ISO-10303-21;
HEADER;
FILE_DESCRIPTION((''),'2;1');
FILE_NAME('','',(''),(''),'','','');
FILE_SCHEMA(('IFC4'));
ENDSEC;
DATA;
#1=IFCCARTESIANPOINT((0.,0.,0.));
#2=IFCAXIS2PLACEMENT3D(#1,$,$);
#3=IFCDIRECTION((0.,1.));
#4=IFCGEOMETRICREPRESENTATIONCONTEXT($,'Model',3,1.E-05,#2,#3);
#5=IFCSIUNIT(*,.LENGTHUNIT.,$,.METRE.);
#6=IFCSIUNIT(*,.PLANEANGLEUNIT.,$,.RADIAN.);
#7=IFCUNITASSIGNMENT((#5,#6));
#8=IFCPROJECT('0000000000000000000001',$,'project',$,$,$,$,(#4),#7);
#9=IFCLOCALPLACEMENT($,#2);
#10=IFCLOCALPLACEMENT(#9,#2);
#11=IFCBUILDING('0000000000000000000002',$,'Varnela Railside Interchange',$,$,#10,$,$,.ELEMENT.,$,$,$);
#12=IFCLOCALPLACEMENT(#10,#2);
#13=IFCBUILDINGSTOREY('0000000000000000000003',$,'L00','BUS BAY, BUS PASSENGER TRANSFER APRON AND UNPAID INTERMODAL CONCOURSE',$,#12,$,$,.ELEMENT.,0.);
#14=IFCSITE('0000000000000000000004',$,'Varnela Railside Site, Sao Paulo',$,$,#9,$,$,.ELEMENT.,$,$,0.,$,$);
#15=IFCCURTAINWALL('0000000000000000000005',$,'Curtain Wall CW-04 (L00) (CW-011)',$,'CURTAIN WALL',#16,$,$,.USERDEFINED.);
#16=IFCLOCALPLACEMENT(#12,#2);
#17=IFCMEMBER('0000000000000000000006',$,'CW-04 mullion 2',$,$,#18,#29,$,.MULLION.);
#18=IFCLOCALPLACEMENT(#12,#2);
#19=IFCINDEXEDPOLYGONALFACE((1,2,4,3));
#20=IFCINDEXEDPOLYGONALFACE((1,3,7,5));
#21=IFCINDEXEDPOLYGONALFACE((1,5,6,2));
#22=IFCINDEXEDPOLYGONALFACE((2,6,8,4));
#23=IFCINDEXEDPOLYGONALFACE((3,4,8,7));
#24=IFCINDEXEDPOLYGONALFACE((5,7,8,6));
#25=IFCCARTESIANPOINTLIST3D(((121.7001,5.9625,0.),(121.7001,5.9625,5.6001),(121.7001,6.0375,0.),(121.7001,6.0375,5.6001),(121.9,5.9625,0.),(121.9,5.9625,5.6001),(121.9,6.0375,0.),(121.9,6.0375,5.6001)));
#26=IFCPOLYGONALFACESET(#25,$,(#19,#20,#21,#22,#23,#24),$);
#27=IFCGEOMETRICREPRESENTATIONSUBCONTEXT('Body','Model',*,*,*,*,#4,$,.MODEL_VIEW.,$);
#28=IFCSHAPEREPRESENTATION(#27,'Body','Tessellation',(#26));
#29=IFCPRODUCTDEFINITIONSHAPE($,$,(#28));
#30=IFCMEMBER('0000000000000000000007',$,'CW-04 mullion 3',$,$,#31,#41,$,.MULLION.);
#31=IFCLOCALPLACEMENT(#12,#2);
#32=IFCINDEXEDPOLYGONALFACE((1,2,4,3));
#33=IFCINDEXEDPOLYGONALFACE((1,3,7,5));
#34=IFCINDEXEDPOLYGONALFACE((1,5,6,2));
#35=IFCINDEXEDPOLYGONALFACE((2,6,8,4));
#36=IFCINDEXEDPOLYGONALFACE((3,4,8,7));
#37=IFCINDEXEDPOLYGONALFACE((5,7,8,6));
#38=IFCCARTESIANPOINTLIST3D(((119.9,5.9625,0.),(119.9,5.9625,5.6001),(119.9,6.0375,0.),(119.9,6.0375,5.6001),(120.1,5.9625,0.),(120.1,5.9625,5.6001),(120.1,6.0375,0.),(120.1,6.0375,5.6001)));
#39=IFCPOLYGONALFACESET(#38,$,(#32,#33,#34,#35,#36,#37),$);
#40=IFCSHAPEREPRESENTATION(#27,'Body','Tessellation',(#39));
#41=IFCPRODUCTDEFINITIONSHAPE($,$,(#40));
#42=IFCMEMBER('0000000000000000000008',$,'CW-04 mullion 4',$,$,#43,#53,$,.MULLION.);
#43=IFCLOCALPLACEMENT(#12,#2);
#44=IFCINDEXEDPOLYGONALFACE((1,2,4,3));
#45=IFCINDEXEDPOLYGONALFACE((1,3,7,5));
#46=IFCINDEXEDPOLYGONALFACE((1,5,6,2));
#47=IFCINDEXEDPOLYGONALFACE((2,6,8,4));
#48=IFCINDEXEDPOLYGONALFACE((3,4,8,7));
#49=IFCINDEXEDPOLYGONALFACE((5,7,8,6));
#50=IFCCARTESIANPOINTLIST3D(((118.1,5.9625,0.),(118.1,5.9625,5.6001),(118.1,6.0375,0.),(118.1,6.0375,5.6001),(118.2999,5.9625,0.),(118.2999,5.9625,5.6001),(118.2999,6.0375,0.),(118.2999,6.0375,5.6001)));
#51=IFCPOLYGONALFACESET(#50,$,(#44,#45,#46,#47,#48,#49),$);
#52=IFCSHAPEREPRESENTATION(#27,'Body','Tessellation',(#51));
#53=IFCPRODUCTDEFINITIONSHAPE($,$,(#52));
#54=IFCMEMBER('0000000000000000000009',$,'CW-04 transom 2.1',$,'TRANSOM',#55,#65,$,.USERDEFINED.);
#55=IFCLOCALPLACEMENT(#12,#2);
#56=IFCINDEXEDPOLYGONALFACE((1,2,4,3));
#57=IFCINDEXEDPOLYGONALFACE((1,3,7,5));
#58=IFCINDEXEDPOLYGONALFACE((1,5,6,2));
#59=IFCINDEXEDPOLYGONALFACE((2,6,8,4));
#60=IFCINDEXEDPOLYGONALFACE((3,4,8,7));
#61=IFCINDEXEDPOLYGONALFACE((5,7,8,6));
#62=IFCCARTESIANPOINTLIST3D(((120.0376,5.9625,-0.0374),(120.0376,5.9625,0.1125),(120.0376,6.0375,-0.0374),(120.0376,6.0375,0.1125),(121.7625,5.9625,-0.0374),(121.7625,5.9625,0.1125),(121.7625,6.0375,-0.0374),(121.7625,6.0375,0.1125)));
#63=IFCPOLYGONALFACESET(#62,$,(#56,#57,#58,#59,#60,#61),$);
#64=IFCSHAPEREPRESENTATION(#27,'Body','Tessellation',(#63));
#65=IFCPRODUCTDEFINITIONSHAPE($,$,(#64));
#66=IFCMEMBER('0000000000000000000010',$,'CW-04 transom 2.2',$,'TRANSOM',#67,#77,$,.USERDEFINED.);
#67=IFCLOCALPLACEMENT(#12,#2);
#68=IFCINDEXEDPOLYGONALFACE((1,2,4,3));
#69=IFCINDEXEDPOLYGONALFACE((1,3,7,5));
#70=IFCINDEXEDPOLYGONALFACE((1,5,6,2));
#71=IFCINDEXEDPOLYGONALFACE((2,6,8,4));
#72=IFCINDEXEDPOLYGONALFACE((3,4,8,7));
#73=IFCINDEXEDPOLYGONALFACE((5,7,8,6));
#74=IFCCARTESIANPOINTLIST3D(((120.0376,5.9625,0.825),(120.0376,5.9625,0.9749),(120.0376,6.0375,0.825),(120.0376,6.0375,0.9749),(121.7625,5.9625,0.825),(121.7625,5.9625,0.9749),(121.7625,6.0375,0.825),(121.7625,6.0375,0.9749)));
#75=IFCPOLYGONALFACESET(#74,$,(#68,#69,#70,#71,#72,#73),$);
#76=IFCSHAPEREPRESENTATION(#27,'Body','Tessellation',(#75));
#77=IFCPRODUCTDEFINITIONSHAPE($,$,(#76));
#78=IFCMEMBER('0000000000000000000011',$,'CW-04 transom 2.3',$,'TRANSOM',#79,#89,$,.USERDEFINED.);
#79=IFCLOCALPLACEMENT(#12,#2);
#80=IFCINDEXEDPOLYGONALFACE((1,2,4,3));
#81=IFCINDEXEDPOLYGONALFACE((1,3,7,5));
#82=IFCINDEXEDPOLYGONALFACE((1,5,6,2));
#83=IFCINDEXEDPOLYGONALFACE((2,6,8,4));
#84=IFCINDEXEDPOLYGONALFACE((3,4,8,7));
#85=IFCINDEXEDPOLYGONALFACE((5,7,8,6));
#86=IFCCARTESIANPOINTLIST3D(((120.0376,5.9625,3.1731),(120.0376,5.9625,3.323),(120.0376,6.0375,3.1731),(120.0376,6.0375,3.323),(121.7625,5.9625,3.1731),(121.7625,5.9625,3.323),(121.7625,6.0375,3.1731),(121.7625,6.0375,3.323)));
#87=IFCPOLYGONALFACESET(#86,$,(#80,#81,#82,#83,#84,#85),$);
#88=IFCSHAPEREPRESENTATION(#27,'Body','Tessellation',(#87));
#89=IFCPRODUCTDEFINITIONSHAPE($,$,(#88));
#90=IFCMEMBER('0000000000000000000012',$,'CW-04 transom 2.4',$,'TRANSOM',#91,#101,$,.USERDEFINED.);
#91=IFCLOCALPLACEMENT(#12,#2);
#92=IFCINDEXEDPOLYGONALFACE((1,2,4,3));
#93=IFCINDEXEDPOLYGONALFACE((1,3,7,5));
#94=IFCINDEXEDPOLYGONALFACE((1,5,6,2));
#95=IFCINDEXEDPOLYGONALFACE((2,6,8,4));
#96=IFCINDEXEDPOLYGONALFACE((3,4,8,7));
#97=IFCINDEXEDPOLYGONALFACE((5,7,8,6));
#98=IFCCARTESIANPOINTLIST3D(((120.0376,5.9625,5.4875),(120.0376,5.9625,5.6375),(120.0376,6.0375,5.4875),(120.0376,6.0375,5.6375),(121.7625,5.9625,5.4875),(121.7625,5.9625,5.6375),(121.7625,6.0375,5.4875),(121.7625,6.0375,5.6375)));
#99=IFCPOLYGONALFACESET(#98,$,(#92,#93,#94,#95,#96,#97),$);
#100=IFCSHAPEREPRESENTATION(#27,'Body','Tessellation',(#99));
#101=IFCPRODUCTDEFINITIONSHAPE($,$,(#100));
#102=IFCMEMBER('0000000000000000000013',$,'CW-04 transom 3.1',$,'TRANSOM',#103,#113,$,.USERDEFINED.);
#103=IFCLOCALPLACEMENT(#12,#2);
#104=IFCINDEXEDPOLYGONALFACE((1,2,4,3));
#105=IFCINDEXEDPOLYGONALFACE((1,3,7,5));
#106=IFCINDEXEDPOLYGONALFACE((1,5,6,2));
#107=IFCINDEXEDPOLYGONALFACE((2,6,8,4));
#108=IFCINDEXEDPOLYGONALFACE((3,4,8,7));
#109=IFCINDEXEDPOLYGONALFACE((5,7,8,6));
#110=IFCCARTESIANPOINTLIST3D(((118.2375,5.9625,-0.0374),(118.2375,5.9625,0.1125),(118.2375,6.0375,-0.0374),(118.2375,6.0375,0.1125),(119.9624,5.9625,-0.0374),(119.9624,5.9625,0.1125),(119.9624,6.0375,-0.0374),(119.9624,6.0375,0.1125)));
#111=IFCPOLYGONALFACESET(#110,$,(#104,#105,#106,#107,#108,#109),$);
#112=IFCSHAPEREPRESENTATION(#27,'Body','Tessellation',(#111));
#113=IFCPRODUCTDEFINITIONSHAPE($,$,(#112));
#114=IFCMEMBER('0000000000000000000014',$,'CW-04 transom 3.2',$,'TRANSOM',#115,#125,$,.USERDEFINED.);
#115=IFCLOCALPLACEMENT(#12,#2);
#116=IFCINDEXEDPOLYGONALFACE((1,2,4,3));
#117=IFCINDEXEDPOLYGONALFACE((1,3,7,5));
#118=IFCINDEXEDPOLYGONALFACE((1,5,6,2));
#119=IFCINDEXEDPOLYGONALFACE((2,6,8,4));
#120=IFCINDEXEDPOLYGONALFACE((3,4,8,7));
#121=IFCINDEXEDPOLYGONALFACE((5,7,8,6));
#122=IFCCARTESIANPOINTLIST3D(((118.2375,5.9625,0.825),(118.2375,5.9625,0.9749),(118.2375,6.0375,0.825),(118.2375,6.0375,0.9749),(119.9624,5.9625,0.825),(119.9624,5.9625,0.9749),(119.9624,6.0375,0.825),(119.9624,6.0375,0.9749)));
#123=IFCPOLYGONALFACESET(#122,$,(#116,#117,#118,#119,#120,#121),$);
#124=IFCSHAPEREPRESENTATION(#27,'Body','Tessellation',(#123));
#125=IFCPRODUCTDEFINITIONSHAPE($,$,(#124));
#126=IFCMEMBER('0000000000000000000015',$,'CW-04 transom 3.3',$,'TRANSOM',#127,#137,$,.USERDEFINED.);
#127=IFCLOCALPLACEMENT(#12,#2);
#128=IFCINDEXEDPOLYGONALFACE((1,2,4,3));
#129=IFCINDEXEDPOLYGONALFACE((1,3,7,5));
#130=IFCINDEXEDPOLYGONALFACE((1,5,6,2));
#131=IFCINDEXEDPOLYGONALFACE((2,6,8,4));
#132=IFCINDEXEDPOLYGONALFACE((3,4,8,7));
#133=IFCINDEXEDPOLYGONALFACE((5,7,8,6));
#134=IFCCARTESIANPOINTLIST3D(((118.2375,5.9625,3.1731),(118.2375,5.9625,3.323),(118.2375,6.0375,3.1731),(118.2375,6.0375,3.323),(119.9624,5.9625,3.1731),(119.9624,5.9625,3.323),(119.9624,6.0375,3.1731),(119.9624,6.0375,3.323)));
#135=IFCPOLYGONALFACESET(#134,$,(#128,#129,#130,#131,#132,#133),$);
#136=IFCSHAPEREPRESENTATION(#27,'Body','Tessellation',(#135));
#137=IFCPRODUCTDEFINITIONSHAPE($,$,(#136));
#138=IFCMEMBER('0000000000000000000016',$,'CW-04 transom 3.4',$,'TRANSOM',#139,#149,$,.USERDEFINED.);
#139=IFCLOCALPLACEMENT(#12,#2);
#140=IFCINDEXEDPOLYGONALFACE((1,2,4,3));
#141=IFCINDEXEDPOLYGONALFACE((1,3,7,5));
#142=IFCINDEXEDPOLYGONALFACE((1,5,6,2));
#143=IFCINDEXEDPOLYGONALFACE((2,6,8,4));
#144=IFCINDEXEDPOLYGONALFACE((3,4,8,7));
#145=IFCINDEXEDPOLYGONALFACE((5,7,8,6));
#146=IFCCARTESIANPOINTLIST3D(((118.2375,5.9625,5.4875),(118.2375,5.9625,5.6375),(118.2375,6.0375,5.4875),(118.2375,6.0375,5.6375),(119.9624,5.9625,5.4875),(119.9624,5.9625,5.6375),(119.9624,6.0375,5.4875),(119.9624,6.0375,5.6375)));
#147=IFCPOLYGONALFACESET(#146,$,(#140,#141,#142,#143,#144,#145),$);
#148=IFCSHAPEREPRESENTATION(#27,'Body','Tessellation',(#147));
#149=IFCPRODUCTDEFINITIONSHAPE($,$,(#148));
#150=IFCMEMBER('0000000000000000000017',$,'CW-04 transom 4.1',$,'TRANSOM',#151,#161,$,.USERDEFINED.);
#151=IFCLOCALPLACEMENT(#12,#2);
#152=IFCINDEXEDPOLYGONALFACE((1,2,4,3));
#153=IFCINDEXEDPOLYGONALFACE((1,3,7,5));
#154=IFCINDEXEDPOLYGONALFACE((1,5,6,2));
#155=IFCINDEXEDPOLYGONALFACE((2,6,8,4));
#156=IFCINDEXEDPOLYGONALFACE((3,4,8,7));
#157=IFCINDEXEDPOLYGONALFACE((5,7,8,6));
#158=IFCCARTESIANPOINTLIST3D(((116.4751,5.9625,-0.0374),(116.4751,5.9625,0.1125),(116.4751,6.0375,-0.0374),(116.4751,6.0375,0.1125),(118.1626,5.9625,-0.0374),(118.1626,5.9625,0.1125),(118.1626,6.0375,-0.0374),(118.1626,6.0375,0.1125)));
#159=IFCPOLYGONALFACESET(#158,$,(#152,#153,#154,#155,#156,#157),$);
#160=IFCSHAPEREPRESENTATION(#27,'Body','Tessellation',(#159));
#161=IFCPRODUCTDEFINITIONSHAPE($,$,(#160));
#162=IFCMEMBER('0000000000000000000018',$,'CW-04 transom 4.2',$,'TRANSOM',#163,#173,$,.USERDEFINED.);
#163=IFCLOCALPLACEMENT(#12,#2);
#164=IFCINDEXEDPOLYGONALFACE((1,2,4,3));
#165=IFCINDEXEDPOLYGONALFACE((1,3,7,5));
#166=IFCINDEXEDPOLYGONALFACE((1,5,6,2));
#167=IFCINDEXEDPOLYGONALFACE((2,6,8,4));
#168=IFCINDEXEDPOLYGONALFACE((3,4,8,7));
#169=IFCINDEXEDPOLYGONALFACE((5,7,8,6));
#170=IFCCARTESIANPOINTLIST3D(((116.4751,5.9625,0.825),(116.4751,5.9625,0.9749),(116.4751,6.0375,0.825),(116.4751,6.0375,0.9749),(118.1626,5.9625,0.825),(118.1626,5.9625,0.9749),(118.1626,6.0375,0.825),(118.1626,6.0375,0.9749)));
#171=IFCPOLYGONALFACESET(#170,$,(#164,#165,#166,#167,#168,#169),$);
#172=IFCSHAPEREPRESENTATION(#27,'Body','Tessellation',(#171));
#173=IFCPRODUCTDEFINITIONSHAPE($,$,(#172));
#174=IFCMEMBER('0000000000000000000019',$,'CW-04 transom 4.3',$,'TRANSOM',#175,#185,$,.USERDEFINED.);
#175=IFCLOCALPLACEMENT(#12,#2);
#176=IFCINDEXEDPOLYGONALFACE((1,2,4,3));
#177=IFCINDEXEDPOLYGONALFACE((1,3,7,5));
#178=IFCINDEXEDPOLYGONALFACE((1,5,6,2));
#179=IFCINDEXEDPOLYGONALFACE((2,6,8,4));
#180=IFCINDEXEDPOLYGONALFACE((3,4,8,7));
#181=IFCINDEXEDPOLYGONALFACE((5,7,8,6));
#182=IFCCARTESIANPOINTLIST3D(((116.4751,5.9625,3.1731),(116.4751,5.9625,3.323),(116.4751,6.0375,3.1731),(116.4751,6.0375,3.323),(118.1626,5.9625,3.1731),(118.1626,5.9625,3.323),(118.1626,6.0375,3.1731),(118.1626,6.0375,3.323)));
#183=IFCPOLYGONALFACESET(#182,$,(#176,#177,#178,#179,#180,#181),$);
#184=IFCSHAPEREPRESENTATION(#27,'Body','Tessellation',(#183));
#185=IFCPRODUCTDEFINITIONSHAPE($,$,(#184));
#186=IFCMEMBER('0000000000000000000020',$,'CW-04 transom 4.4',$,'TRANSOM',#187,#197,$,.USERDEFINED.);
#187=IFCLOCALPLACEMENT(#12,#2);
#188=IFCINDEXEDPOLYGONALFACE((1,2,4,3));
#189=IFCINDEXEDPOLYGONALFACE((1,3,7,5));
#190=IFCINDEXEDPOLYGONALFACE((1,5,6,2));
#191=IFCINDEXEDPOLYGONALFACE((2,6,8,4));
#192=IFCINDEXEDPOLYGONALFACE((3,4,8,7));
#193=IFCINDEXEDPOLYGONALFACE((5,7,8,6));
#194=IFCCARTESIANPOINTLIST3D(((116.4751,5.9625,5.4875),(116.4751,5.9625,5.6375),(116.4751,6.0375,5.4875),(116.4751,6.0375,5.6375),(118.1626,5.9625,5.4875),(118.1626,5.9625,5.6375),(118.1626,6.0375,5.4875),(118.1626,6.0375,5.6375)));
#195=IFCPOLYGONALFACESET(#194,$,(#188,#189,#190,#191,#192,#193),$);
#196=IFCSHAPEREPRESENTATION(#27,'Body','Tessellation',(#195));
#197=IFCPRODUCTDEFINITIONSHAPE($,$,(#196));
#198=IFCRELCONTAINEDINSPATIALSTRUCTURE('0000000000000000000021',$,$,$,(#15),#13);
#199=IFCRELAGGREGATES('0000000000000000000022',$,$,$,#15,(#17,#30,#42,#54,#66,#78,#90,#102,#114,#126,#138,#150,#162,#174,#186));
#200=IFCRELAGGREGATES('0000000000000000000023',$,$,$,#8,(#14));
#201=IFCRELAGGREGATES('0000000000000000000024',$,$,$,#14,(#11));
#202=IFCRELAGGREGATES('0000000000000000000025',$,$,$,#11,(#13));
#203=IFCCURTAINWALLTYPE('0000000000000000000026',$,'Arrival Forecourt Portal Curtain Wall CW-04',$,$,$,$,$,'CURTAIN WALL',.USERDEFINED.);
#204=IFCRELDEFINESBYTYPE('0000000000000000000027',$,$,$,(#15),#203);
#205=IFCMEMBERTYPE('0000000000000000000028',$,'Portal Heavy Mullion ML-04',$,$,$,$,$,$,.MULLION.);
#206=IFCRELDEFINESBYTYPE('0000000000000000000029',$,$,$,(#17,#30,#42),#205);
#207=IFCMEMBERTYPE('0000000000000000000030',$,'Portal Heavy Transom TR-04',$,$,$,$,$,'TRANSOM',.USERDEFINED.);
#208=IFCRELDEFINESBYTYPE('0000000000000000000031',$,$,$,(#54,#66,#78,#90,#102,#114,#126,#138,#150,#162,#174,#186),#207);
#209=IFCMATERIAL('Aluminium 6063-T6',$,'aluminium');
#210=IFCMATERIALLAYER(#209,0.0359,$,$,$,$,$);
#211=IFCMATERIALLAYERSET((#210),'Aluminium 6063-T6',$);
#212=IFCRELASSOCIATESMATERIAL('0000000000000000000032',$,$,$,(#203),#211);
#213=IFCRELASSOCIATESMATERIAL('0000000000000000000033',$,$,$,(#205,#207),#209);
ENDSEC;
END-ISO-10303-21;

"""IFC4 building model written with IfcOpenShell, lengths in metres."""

from ifc_helpers import new_model, si_unit, direction, frame, origin, origin_2d, place, context, subcontext, project, spatial, rectangle, extrude, material, layer, layer_set, material_profile, profile_set, type_object, element, aggregate, save


model = new_model("IFC4")

# Units and contexts
model_context = context("Model", 3, precision=1e-05, world=origin(), true_north=direction((0.0, 1.0)))
body_context = subcontext(model_context, "Body", "Model", "MODEL_VIEW")
ifc_project = project(units=[si_unit("LENGTHUNIT", "METRE"), si_unit("PLANEANGLEUNIT", "RADIAN")], contexts=[model_context])

# Site, building, storey
site_placement = place(None, origin())
site = spatial("IfcSite", under=ifc_project, at=site_placement, Name="Varnela Railside Site, Sao Paulo", CompositionType="ELEMENT", RefElevation=0.0)
building_placement = place(site_placement, origin())
building = spatial("IfcBuilding", under=site, at=building_placement, Name="Varnela Railside Interchange", CompositionType="ELEMENT")
storey_placement = place(building_placement, origin())
storey = spatial("IfcBuildingStorey", under=building, at=storey_placement, Name="L00", Description="BUS BAY, BUS PASSENGER TRANSFER APRON AND UNPAID INTERMODAL CONCOURSE", CompositionType="ELEMENT", Elevation=0.0)

# Curtain wall, members
ifc_material_1 = material(Name="Aluminium 6063-T6", Category="aluminium")
ifc_layer_1 = layer(ifc_material_1, 0.0359)
ifc_layer_set_1 = layer_set([ifc_layer_1], Name="Aluminium 6063-T6")
curtain_wall_type = type_object("IfcCurtainWallType", Name="Arrival Forecourt Portal Curtain Wall CW-04", ElementType="CURTAIN WALL", PredefinedType="USERDEFINED", material=ifc_layer_set_1)
curtain_wall_placement = place(storey_placement, origin())
curtain_wall = element("IfcCurtainWall", 1, at=curtain_wall_placement, inside=storey, type_object=curtain_wall_type, Name="Curtain Wall CW-04 (L00) (CW-011)", ObjectType="CURTAIN WALL", PredefinedType="USERDEFINED")
ifc_material_profile_1 = material_profile(ifc_material_1, rectangle(XDim=0.075, YDim=0.2, at=origin_2d()), Name="ALU 75x200")
ifc_profile_set_1 = profile_set([ifc_material_profile_1], Name="Aluminium 6063-T6")
member_type_1 = type_object("IfcMemberType", Name="Portal Heavy Mullion ML-04", PredefinedType="MULLION", material=ifc_profile_set_1)
member_1_placement = place(storey_placement, frame((121.8, 6.0, 0.0), z_axis=(0.0, 0.0, 1.0), x_axis=(0.0, -1.0, 0.0)))
member_1 = element("IfcMember", 2, at=member_1_placement, type_object=member_type_1, Name="CW-04 mullion 2", PredefinedType="MULLION", context=body_context, shape_type="SweptSolid", body=[
    extrude(rectangle(XDim=0.075, YDim=0.2, at=origin_2d()), origin(), (0.0, 0.0, 1.0), 5.6001),
])
member_2_placement = place(storey_placement, frame((120.0, 6.0, 0.0), z_axis=(0.0, 0.0, 1.0), x_axis=(0.0, -1.0, 0.0)))
member_2 = element("IfcMember", 3, at=member_2_placement, type_object=member_type_1, Name="CW-04 mullion 3", PredefinedType="MULLION", context=body_context, shape_type="SweptSolid", body=[
    extrude(rectangle(XDim=0.075, YDim=0.2, at=origin_2d()), origin(), (0.0, 0.0, 1.0), 5.6001),
])
member_3_placement = place(storey_placement, frame((118.2, 6.0, 0.0), z_axis=(0.0, 0.0, 1.0), x_axis=(0.0, -1.0, 0.0)))
member_3 = element("IfcMember", 4, at=member_3_placement, type_object=member_type_1, Name="CW-04 mullion 4", PredefinedType="MULLION", context=body_context, shape_type="SweptSolid", body=[
    extrude(rectangle(XDim=0.075, YDim=0.2, at=origin_2d()), origin(), (0.0, 0.0, 1.0), 5.6001),
])
ifc_material_profile_2 = material_profile(ifc_material_1, rectangle(XDim=0.075, YDim=0.1499, at=origin_2d()), Name="ALU 75x150")
ifc_profile_set_2 = profile_set([ifc_material_profile_2], Name="Aluminium 6063-T6")
member_type_2 = type_object("IfcMemberType", Name="Portal Heavy Transom TR-04", ElementType="TRANSOM", PredefinedType="USERDEFINED", material=ifc_profile_set_2)
member_4_placement = place(storey_placement, frame((121.7625, 6.0, 0.0376), z_axis=(-1.0, 0.0, 0.0), x_axis=(0.0, -1.0, 0.0)))
member_4 = element("IfcMember", 5, at=member_4_placement, type_object=member_type_2, Name="CW-04 transom 2.1", ObjectType="TRANSOM", PredefinedType="USERDEFINED", context=body_context, shape_type="SweptSolid", body=[
    extrude(rectangle(XDim=0.075, YDim=0.1499, at=origin_2d()), origin(), (0.0, 0.0, 1.0), 1.7249),
])
member_5_placement = place(storey_placement, frame((121.7625, 6.0, 0.8999), z_axis=(-1.0, 0.0, 0.0), x_axis=(0.0, -1.0, 0.0)))
member_5 = element("IfcMember", 6, at=member_5_placement, type_object=member_type_2, Name="CW-04 transom 2.2", ObjectType="TRANSOM", PredefinedType="USERDEFINED", context=body_context, shape_type="SweptSolid", body=[
    extrude(rectangle(XDim=0.075, YDim=0.1499, at=origin_2d()), origin(), (0.0, 0.0, 1.0), 1.7249),
])
member_6_placement = place(storey_placement, frame((121.7625, 6.0, 3.248), z_axis=(-1.0, 0.0, 0.0), x_axis=(0.0, -1.0, 0.0)))
member_6 = element("IfcMember", 7, at=member_6_placement, type_object=member_type_2, Name="CW-04 transom 2.3", ObjectType="TRANSOM", PredefinedType="USERDEFINED", context=body_context, shape_type="SweptSolid", body=[
    extrude(rectangle(XDim=0.075, YDim=0.1499, at=origin_2d()), origin(), (0.0, 0.0, 1.0), 1.7249),
])
member_7_placement = place(storey_placement, frame((121.7625, 6.0, 5.5625), z_axis=(-1.0, 0.0, 0.0), x_axis=(0.0, -1.0, 0.0)))
member_7 = element("IfcMember", 8, at=member_7_placement, type_object=member_type_2, Name="CW-04 transom 2.4", ObjectType="TRANSOM", PredefinedType="USERDEFINED", context=body_context, shape_type="SweptSolid", body=[
    extrude(rectangle(XDim=0.075, YDim=0.1499, at=origin_2d()), origin(), (0.0, 0.0, 1.0), 1.7249),
])
member_8_placement = place(storey_placement, frame((119.9624, 6.0, 0.0376), z_axis=(-1.0, 0.0, 0.0), x_axis=(0.0, -1.0, 0.0)))
member_8 = element("IfcMember", 9, at=member_8_placement, type_object=member_type_2, Name="CW-04 transom 3.1", ObjectType="TRANSOM", PredefinedType="USERDEFINED", context=body_context, shape_type="SweptSolid", body=[
    extrude(rectangle(XDim=0.075, YDim=0.1499, at=origin_2d()), origin(), (0.0, 0.0, 1.0), 1.7249),
])
member_9_placement = place(storey_placement, frame((119.9624, 6.0, 0.8999), z_axis=(-1.0, 0.0, 0.0), x_axis=(0.0, -1.0, 0.0)))
member_9 = element("IfcMember", 10, at=member_9_placement, type_object=member_type_2, Name="CW-04 transom 3.2", ObjectType="TRANSOM", PredefinedType="USERDEFINED", context=body_context, shape_type="SweptSolid", body=[
    extrude(rectangle(XDim=0.075, YDim=0.1499, at=origin_2d()), origin(), (0.0, 0.0, 1.0), 1.7249),
])
member_10_placement = place(storey_placement, frame((119.9624, 6.0, 3.248), z_axis=(-1.0, 0.0, 0.0), x_axis=(0.0, -1.0, 0.0)))
member_10 = element("IfcMember", 11, at=member_10_placement, type_object=member_type_2, Name="CW-04 transom 3.3", ObjectType="TRANSOM", PredefinedType="USERDEFINED", context=body_context, shape_type="SweptSolid", body=[
    extrude(rectangle(XDim=0.075, YDim=0.1499, at=origin_2d()), origin(), (0.0, 0.0, 1.0), 1.7249),
])
member_11_placement = place(storey_placement, frame((119.9624, 6.0, 5.5625), z_axis=(-1.0, 0.0, 0.0), x_axis=(0.0, -1.0, 0.0)))
member_11 = element("IfcMember", 12, at=member_11_placement, type_object=member_type_2, Name="CW-04 transom 3.4", ObjectType="TRANSOM", PredefinedType="USERDEFINED", context=body_context, shape_type="SweptSolid", body=[
    extrude(rectangle(XDim=0.075, YDim=0.1499, at=origin_2d()), origin(), (0.0, 0.0, 1.0), 1.7249),
])
member_12_placement = place(storey_placement, frame((118.1626, 6.0, 0.0376), z_axis=(-1.0, 0.0, 0.0), x_axis=(0.0, -1.0, 0.0)))
member_12 = element("IfcMember", 13, at=member_12_placement, type_object=member_type_2, Name="CW-04 transom 4.1", ObjectType="TRANSOM", PredefinedType="USERDEFINED", context=body_context, shape_type="SweptSolid", body=[
    extrude(rectangle(XDim=0.075, YDim=0.1499, at=origin_2d()), origin(), (0.0, 0.0, 1.0), 1.6875),
])
member_13_placement = place(storey_placement, frame((118.1626, 6.0, 0.8999), z_axis=(-1.0, 0.0, 0.0), x_axis=(0.0, -1.0, 0.0)))
member_13 = element("IfcMember", 14, at=member_13_placement, type_object=member_type_2, Name="CW-04 transom 4.2", ObjectType="TRANSOM", PredefinedType="USERDEFINED", context=body_context, shape_type="SweptSolid", body=[
    extrude(rectangle(XDim=0.075, YDim=0.1499, at=origin_2d()), origin(), (0.0, 0.0, 1.0), 1.6875),
])
member_14_placement = place(storey_placement, frame((118.1626, 6.0, 3.248), z_axis=(-1.0, 0.0, 0.0), x_axis=(0.0, -1.0, 0.0)))
member_14 = element("IfcMember", 15, at=member_14_placement, type_object=member_type_2, Name="CW-04 transom 4.3", ObjectType="TRANSOM", PredefinedType="USERDEFINED", context=body_context, shape_type="SweptSolid", body=[
    extrude(rectangle(XDim=0.075, YDim=0.1499, at=origin_2d()), origin(), (0.0, 0.0, 1.0), 1.6875),
])
member_15_placement = place(storey_placement, frame((118.1626, 6.0, 5.5625), z_axis=(-1.0, 0.0, 0.0), x_axis=(0.0, -1.0, 0.0)))
member_15 = element("IfcMember", 16, at=member_15_placement, type_object=member_type_2, Name="CW-04 transom 4.4", ObjectType="TRANSOM", PredefinedType="USERDEFINED", context=body_context, shape_type="SweptSolid", body=[
    extrude(rectangle(XDim=0.075, YDim=0.1499, at=origin_2d()), origin(), (0.0, 0.0, 1.0), 1.6875),
])
aggregate(curtain_wall, [member_1, member_2, member_3, member_4, member_5, member_6, member_7, member_8, member_9, member_10, member_11, member_12, member_13, member_14, member_15])

save(model, "model.ifc")
